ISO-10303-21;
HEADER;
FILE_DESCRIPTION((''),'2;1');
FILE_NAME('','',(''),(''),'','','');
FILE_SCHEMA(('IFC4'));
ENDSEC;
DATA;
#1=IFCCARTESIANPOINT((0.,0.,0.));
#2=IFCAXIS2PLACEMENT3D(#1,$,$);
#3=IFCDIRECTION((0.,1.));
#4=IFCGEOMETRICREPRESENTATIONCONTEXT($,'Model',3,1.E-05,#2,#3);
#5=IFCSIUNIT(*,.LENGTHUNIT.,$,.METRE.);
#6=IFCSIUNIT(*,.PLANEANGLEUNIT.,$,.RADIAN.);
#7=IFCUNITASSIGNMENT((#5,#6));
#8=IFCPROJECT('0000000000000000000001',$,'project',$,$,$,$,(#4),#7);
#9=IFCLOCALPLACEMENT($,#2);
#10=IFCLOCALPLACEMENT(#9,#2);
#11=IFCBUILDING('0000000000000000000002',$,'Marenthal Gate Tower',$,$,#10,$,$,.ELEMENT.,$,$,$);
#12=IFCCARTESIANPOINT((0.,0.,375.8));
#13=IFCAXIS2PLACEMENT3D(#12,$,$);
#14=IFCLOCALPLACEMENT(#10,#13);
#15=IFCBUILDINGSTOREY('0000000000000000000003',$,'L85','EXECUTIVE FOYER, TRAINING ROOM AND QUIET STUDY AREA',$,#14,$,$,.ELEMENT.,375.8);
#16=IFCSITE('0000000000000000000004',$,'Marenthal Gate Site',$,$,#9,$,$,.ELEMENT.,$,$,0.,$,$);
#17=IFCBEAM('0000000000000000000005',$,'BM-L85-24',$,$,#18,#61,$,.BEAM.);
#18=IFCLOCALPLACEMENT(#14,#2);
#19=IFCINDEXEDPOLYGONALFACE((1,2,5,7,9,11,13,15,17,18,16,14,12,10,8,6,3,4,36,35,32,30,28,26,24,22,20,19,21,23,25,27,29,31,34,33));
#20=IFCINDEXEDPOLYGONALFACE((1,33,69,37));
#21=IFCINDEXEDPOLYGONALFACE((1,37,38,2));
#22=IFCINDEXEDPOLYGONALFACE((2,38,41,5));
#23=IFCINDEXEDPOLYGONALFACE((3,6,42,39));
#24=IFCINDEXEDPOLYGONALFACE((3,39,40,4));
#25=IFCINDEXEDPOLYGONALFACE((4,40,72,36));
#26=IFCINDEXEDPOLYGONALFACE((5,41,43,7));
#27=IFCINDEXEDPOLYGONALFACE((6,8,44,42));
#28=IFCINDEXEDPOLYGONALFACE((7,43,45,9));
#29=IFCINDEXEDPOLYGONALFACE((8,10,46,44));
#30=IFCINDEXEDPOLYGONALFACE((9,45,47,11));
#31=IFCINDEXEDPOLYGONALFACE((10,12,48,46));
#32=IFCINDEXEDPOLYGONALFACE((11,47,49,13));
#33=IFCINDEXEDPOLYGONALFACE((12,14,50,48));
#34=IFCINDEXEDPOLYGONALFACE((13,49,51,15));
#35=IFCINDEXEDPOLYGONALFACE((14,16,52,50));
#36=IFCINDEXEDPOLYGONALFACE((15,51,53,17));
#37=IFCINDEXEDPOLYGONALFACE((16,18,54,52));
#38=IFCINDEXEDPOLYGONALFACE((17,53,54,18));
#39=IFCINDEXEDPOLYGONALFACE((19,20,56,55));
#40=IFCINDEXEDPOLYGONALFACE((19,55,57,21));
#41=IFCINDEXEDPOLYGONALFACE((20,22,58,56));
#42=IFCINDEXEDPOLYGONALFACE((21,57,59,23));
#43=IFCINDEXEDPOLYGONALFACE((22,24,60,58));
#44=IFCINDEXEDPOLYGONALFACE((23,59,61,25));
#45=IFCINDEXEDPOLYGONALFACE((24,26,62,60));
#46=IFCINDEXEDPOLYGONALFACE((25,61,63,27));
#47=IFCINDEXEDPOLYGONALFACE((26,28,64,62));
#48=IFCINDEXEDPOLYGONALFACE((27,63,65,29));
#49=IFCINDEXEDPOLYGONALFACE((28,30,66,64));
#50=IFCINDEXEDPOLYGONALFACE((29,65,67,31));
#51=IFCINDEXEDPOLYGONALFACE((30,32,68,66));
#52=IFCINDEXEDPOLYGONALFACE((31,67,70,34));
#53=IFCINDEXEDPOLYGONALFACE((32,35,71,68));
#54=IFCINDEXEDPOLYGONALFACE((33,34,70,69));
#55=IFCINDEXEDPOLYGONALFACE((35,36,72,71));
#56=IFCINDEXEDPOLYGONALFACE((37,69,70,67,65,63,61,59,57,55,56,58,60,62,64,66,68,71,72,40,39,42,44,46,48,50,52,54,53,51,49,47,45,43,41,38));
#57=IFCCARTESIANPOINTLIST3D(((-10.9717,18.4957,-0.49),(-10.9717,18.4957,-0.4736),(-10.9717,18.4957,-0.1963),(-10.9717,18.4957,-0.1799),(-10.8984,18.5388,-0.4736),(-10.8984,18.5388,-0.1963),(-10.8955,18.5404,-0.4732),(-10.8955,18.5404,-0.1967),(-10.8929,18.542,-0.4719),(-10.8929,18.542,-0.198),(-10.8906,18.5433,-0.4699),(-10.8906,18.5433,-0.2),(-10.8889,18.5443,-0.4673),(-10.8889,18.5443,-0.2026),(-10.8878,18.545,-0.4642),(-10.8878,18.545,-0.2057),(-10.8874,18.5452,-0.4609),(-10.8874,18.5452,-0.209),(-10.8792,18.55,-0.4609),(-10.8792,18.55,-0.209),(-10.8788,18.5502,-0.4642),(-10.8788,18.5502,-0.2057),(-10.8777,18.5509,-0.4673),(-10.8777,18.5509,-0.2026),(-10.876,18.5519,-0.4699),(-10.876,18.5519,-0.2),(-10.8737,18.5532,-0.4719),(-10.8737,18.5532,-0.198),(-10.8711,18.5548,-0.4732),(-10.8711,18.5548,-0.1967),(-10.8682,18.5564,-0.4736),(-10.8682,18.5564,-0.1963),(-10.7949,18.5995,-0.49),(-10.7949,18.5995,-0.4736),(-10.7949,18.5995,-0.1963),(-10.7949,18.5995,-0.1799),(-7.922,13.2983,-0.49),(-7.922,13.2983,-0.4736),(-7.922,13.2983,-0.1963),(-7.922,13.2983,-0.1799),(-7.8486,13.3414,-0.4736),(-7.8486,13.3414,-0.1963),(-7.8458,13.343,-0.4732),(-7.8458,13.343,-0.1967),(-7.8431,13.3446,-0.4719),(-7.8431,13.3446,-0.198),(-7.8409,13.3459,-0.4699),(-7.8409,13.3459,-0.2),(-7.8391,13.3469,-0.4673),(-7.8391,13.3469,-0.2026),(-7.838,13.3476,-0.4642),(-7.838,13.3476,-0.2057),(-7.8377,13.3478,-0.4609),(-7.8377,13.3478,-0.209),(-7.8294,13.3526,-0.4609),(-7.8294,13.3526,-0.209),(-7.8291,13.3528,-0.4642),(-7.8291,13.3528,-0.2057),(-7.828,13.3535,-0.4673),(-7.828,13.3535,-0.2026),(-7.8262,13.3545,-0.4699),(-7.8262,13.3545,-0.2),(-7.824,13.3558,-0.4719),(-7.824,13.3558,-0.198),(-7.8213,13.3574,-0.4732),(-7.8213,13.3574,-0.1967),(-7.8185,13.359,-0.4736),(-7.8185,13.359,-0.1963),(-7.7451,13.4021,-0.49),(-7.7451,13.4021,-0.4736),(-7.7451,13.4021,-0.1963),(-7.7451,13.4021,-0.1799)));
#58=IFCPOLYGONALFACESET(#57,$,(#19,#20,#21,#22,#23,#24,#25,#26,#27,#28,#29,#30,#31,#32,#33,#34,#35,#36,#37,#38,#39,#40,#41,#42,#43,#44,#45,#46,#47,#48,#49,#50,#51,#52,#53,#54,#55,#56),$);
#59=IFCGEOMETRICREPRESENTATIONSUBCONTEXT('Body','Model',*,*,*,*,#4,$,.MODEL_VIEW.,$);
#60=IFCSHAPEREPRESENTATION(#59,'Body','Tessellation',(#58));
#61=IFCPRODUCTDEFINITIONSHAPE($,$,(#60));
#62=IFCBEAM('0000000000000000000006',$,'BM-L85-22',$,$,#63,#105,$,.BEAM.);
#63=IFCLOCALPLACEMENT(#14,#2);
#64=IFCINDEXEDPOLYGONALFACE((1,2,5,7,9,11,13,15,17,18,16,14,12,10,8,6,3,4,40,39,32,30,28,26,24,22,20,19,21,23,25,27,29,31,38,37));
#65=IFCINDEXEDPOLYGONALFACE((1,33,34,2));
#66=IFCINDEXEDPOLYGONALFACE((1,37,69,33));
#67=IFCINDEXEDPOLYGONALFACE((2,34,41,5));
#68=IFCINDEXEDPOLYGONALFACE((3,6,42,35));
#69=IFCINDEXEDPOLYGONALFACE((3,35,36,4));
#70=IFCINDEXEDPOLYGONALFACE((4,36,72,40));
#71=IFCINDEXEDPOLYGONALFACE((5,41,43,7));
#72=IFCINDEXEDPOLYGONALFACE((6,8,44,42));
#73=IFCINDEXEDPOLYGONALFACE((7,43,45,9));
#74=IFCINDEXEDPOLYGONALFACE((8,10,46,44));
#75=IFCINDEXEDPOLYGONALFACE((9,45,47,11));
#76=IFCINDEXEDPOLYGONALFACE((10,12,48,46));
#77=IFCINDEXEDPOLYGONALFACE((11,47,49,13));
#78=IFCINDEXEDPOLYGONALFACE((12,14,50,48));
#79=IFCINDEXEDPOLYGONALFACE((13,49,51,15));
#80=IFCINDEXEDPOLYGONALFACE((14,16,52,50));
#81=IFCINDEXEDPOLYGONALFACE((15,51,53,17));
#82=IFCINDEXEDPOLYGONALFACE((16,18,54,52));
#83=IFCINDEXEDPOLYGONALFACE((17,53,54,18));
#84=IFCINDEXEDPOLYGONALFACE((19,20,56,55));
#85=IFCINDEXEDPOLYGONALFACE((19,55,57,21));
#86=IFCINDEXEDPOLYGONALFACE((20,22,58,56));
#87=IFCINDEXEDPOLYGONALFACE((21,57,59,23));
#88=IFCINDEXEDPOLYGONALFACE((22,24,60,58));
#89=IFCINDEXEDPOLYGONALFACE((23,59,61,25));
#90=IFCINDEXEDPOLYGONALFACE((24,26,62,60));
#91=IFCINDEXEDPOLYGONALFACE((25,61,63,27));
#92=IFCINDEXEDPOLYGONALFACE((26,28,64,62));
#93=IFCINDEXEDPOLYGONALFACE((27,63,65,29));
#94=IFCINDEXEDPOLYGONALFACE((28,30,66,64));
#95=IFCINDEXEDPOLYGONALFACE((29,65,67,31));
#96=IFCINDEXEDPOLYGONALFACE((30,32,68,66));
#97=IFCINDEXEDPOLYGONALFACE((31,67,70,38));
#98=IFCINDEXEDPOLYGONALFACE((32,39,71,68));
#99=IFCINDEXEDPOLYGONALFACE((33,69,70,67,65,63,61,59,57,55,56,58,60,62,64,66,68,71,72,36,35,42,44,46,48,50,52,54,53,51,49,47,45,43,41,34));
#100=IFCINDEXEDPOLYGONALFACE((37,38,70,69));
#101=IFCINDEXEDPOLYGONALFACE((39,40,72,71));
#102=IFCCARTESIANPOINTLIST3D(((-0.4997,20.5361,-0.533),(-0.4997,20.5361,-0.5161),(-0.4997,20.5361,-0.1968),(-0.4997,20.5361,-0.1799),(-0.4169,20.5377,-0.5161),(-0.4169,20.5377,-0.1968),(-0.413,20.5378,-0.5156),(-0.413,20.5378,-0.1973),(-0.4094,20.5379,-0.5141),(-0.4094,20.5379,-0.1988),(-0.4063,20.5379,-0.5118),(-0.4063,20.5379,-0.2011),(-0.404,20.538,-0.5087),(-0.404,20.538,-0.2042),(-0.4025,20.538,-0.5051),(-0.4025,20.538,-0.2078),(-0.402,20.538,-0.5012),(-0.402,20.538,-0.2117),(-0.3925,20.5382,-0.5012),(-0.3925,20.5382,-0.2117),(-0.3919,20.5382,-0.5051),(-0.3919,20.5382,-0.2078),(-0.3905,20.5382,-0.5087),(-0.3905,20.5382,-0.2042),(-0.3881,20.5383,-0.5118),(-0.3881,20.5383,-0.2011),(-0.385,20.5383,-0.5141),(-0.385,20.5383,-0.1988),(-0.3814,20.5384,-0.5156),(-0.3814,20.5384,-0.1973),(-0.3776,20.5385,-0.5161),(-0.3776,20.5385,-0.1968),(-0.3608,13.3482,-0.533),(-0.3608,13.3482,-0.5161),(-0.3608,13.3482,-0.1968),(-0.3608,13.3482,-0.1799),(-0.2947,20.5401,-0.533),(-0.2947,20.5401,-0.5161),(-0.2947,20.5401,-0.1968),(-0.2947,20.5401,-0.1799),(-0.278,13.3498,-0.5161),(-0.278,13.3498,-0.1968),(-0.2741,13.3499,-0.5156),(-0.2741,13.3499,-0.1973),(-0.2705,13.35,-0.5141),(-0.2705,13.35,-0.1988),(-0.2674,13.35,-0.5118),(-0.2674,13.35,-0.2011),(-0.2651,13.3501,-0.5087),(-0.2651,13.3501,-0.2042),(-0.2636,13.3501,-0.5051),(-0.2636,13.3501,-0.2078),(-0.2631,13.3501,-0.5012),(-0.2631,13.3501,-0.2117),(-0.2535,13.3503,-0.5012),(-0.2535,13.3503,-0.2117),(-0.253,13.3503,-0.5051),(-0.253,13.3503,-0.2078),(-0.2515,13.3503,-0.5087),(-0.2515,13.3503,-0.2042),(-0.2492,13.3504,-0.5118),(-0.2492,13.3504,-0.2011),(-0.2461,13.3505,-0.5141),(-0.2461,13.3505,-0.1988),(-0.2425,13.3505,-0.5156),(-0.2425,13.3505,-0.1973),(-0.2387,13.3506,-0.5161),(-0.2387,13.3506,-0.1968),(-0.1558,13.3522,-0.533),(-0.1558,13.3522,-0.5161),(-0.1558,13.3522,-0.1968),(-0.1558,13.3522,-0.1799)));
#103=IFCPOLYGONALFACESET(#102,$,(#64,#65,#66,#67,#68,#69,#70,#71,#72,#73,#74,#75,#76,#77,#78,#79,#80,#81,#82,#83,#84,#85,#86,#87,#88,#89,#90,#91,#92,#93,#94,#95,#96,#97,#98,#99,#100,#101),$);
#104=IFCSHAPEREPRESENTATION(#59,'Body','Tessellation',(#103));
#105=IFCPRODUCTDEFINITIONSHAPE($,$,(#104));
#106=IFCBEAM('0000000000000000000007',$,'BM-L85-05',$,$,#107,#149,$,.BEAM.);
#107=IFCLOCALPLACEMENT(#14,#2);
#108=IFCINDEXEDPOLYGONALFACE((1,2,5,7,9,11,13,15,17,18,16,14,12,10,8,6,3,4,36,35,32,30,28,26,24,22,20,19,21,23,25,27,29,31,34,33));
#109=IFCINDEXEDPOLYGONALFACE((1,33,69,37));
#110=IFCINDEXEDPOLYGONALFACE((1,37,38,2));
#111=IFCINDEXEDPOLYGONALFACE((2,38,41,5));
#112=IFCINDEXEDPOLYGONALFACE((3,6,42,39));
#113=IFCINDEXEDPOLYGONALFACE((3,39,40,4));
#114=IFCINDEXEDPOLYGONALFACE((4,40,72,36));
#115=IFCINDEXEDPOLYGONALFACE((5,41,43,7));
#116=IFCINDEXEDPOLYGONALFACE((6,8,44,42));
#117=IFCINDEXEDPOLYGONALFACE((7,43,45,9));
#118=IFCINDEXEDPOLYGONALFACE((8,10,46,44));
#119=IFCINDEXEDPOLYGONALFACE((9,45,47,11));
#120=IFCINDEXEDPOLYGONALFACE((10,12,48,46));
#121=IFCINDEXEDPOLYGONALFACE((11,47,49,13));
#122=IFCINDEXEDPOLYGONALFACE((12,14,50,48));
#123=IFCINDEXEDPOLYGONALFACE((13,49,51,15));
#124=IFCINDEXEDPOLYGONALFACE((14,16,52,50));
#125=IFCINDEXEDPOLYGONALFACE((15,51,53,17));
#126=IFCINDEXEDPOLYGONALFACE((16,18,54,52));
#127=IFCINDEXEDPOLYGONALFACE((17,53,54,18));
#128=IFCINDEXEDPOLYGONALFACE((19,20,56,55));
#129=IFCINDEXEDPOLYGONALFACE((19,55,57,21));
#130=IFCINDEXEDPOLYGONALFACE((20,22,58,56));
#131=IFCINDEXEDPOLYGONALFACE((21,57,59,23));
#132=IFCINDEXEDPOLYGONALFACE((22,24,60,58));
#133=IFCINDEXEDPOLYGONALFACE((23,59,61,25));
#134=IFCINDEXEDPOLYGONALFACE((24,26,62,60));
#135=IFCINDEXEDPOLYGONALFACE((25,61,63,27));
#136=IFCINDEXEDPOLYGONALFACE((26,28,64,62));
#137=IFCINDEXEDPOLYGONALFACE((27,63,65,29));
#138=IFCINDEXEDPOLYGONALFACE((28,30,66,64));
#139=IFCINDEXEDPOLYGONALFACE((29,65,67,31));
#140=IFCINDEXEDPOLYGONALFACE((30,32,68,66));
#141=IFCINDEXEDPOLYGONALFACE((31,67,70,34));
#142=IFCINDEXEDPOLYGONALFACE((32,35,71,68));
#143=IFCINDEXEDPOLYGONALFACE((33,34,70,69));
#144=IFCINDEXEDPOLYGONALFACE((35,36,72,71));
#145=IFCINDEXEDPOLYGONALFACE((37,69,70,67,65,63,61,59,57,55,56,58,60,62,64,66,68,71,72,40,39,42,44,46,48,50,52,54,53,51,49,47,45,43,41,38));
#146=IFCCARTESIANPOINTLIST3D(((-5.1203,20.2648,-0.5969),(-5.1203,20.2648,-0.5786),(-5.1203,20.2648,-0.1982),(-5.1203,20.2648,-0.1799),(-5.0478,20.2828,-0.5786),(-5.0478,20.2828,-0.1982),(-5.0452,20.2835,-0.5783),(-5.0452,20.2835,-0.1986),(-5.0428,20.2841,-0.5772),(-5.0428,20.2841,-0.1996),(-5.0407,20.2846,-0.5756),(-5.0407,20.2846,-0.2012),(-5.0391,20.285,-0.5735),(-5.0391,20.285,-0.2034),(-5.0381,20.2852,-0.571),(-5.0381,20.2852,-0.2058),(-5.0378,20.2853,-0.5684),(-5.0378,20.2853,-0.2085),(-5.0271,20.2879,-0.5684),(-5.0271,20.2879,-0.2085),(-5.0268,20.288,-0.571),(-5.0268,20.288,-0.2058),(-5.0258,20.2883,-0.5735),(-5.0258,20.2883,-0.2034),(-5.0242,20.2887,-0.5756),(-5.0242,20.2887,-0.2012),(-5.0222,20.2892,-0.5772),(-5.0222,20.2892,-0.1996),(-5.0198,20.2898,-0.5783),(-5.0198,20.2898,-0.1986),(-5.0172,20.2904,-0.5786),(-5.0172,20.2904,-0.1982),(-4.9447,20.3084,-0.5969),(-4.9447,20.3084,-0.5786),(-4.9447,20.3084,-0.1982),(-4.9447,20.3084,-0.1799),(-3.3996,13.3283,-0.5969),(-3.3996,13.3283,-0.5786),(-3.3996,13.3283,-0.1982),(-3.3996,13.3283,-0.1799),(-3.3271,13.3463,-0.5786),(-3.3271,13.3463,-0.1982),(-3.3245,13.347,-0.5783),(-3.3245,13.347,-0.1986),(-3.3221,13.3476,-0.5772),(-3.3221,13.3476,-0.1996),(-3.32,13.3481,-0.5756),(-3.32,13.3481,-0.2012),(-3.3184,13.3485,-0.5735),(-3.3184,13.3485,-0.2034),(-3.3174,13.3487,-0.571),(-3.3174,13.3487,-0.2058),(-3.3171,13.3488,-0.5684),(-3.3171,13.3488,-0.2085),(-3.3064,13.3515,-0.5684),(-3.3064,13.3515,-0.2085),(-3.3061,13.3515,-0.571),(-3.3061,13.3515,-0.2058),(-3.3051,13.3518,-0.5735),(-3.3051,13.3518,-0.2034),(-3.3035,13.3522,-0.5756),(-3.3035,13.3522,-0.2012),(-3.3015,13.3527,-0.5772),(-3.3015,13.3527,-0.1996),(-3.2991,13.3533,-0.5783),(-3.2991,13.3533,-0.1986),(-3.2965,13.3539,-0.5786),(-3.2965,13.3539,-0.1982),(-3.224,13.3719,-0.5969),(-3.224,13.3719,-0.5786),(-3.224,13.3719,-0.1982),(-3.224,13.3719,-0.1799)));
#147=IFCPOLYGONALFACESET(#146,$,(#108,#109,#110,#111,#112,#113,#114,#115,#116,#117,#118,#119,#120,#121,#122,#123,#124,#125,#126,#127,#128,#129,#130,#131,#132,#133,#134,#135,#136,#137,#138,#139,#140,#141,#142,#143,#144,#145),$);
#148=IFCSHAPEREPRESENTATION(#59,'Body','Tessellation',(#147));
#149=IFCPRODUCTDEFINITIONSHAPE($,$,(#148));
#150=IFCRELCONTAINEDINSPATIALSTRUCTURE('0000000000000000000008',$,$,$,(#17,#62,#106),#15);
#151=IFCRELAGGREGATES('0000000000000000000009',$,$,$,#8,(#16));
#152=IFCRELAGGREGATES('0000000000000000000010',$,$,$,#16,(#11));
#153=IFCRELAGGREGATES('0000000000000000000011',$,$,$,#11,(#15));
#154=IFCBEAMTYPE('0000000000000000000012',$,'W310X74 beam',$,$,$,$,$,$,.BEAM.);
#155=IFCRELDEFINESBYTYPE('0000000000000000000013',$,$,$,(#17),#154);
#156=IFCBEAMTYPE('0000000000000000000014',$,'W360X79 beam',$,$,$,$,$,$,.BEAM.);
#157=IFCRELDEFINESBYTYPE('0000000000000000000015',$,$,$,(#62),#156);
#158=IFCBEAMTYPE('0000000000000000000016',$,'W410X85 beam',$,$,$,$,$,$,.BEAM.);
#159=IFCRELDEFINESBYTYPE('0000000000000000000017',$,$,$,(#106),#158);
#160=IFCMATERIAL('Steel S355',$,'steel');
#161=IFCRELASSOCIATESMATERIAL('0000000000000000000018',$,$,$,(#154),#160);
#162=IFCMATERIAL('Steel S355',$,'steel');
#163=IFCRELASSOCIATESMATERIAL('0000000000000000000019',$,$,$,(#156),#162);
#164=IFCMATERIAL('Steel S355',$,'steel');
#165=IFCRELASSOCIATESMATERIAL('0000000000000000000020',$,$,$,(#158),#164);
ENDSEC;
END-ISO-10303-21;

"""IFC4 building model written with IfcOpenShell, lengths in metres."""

from ifc_helpers import new_model, si_unit, direction, frame, origin, origin_2d, place, context, subcontext, project, spatial, i_section, extrude, material, material_profile, profile_set, type_object, element, save


model = new_model("IFC4")

# Units and contexts
model_context = context("Model", 3, precision=1e-05, world=origin(), true_north=direction((0.0, 1.0)))
body_context = subcontext(model_context, "Body", "Model", "MODEL_VIEW")
ifc_project = project(units=[si_unit("LENGTHUNIT", "METRE"), si_unit("PLANEANGLEUNIT", "RADIAN")], contexts=[model_context])

# Site, building, storey
site_placement = place(None, origin())
site = spatial("IfcSite", under=ifc_project, at=site_placement, Name="Marenthal Gate Site", CompositionType="ELEMENT", RefElevation=0.0)
building_placement = place(site_placement, origin())
building = spatial("IfcBuilding", under=site, at=building_placement, Name="Marenthal Gate Tower", CompositionType="ELEMENT")
storey_placement = place(building_placement, frame((0.0, 0.0, 375.8)))
storey = spatial("IfcBuildingStorey", under=building, at=storey_placement, Name="L85", Description="EXECUTIVE FOYER, TRAINING ROOM AND QUIET STUDY AREA", CompositionType="ELEMENT", Elevation=375.8)

# Beams
ifc_material_1 = material(Name="Steel S355", Category="steel")
ifc_material_profile_1 = material_profile(ifc_material_1, i_section(OverallWidth=0.2051, OverallDepth=0.3101, WebThickness=0.0095, FlangeThickness=0.0164, FilletRadius=0.0127, at=origin_2d()), Name="W310X74")
ifc_profile_set_1 = profile_set([ifc_material_profile_1], Name="Steel S355")
beam_type_1 = type_object("IfcBeamType", Name="W310X74 beam", PredefinedType="BEAM", material=ifc_profile_set_1)
beam_1_placement = place(storey_placement, frame((-10.8833, 18.5476, -0.335), z_axis=(0.506089, -0.862482, 0.0), x_axis=(0.862482, 0.506089, 0.0)))
element("IfcBeam", 1, at=beam_1_placement, inside=storey, type_object=beam_type_1, Name="BM-L85-24", PredefinedType="BEAM", context=body_context, shape_type="SweptSolid", body=[
    extrude(i_section(OverallWidth=0.2051, OverallDepth=0.3101, WebThickness=0.0095, FlangeThickness=0.0164, FilletRadius=0.0127, at=origin_2d()), origin(), (0.0, 0.0, 1.0), 6.0261),
])
ifc_material_2 = material(Name="Steel S355", Category="steel")
ifc_material_profile_2 = material_profile(ifc_material_2, i_section(OverallWidth=0.2051, OverallDepth=0.353, WebThickness=0.0095, FlangeThickness=0.0168, FilletRadius=0.0149, at=origin_2d()), Name="W360X79")
ifc_profile_set_2 = profile_set([ifc_material_profile_2], Name="Steel S355")
beam_type_2 = type_object("IfcBeamType", Name="W360X79 beam", PredefinedType="BEAM", material=ifc_profile_set_2)
beam_2_placement = place(storey_placement, frame((-0.3972, 20.5381, -0.3564), z_axis=(0.019323, -0.999813, 0.0), x_axis=(0.999813, 0.019323, 0.0)))
element("IfcBeam", 2, at=beam_2_placement, inside=storey, type_object=beam_type_2, Name="BM-L85-22", PredefinedType="BEAM", context=body_context, shape_type="SweptSolid", body=[
    extrude(i_section(OverallWidth=0.2051, OverallDepth=0.353, WebThickness=0.0095, FlangeThickness=0.0168, FilletRadius=0.0149, at=origin_2d()), origin(), (0.0, 0.0, 1.0), 7.1892),
])
ifc_material_3 = material(Name="Steel S355", Category="steel")
ifc_material_profile_3 = material_profile(ifc_material_3, i_section(OverallWidth=0.1809, OverallDepth=0.417, WebThickness=0.011, FlangeThickness=0.0183, FilletRadius=0.0103, at=origin_2d()), Name="W410X85")
ifc_profile_set_3 = profile_set([ifc_material_profile_3], Name="Steel S355")
beam_type_3 = type_object("IfcBeamType", Name="W410X85 beam", PredefinedType="BEAM", material=ifc_profile_set_3)
beam_3_placement = place(storey_placement, frame((-5.0325, 20.2866, -0.3884), z_axis=(0.240767, -0.970583, 0.0), x_axis=(0.970583, 0.240767, 0.0)))
element("IfcBeam", 3, at=beam_3_placement, inside=storey, type_object=beam_type_3, Name="BM-L85-05", PredefinedType="BEAM", context=body_context, shape_type="SweptSolid", body=[
    extrude(i_section(OverallWidth=0.1809, OverallDepth=0.417, WebThickness=0.011, FlangeThickness=0.0183, FilletRadius=0.0103, at=origin_2d()), origin(), (0.0, 0.0, 1.0), 7.1467),
])

save(model, "model.ifc")
